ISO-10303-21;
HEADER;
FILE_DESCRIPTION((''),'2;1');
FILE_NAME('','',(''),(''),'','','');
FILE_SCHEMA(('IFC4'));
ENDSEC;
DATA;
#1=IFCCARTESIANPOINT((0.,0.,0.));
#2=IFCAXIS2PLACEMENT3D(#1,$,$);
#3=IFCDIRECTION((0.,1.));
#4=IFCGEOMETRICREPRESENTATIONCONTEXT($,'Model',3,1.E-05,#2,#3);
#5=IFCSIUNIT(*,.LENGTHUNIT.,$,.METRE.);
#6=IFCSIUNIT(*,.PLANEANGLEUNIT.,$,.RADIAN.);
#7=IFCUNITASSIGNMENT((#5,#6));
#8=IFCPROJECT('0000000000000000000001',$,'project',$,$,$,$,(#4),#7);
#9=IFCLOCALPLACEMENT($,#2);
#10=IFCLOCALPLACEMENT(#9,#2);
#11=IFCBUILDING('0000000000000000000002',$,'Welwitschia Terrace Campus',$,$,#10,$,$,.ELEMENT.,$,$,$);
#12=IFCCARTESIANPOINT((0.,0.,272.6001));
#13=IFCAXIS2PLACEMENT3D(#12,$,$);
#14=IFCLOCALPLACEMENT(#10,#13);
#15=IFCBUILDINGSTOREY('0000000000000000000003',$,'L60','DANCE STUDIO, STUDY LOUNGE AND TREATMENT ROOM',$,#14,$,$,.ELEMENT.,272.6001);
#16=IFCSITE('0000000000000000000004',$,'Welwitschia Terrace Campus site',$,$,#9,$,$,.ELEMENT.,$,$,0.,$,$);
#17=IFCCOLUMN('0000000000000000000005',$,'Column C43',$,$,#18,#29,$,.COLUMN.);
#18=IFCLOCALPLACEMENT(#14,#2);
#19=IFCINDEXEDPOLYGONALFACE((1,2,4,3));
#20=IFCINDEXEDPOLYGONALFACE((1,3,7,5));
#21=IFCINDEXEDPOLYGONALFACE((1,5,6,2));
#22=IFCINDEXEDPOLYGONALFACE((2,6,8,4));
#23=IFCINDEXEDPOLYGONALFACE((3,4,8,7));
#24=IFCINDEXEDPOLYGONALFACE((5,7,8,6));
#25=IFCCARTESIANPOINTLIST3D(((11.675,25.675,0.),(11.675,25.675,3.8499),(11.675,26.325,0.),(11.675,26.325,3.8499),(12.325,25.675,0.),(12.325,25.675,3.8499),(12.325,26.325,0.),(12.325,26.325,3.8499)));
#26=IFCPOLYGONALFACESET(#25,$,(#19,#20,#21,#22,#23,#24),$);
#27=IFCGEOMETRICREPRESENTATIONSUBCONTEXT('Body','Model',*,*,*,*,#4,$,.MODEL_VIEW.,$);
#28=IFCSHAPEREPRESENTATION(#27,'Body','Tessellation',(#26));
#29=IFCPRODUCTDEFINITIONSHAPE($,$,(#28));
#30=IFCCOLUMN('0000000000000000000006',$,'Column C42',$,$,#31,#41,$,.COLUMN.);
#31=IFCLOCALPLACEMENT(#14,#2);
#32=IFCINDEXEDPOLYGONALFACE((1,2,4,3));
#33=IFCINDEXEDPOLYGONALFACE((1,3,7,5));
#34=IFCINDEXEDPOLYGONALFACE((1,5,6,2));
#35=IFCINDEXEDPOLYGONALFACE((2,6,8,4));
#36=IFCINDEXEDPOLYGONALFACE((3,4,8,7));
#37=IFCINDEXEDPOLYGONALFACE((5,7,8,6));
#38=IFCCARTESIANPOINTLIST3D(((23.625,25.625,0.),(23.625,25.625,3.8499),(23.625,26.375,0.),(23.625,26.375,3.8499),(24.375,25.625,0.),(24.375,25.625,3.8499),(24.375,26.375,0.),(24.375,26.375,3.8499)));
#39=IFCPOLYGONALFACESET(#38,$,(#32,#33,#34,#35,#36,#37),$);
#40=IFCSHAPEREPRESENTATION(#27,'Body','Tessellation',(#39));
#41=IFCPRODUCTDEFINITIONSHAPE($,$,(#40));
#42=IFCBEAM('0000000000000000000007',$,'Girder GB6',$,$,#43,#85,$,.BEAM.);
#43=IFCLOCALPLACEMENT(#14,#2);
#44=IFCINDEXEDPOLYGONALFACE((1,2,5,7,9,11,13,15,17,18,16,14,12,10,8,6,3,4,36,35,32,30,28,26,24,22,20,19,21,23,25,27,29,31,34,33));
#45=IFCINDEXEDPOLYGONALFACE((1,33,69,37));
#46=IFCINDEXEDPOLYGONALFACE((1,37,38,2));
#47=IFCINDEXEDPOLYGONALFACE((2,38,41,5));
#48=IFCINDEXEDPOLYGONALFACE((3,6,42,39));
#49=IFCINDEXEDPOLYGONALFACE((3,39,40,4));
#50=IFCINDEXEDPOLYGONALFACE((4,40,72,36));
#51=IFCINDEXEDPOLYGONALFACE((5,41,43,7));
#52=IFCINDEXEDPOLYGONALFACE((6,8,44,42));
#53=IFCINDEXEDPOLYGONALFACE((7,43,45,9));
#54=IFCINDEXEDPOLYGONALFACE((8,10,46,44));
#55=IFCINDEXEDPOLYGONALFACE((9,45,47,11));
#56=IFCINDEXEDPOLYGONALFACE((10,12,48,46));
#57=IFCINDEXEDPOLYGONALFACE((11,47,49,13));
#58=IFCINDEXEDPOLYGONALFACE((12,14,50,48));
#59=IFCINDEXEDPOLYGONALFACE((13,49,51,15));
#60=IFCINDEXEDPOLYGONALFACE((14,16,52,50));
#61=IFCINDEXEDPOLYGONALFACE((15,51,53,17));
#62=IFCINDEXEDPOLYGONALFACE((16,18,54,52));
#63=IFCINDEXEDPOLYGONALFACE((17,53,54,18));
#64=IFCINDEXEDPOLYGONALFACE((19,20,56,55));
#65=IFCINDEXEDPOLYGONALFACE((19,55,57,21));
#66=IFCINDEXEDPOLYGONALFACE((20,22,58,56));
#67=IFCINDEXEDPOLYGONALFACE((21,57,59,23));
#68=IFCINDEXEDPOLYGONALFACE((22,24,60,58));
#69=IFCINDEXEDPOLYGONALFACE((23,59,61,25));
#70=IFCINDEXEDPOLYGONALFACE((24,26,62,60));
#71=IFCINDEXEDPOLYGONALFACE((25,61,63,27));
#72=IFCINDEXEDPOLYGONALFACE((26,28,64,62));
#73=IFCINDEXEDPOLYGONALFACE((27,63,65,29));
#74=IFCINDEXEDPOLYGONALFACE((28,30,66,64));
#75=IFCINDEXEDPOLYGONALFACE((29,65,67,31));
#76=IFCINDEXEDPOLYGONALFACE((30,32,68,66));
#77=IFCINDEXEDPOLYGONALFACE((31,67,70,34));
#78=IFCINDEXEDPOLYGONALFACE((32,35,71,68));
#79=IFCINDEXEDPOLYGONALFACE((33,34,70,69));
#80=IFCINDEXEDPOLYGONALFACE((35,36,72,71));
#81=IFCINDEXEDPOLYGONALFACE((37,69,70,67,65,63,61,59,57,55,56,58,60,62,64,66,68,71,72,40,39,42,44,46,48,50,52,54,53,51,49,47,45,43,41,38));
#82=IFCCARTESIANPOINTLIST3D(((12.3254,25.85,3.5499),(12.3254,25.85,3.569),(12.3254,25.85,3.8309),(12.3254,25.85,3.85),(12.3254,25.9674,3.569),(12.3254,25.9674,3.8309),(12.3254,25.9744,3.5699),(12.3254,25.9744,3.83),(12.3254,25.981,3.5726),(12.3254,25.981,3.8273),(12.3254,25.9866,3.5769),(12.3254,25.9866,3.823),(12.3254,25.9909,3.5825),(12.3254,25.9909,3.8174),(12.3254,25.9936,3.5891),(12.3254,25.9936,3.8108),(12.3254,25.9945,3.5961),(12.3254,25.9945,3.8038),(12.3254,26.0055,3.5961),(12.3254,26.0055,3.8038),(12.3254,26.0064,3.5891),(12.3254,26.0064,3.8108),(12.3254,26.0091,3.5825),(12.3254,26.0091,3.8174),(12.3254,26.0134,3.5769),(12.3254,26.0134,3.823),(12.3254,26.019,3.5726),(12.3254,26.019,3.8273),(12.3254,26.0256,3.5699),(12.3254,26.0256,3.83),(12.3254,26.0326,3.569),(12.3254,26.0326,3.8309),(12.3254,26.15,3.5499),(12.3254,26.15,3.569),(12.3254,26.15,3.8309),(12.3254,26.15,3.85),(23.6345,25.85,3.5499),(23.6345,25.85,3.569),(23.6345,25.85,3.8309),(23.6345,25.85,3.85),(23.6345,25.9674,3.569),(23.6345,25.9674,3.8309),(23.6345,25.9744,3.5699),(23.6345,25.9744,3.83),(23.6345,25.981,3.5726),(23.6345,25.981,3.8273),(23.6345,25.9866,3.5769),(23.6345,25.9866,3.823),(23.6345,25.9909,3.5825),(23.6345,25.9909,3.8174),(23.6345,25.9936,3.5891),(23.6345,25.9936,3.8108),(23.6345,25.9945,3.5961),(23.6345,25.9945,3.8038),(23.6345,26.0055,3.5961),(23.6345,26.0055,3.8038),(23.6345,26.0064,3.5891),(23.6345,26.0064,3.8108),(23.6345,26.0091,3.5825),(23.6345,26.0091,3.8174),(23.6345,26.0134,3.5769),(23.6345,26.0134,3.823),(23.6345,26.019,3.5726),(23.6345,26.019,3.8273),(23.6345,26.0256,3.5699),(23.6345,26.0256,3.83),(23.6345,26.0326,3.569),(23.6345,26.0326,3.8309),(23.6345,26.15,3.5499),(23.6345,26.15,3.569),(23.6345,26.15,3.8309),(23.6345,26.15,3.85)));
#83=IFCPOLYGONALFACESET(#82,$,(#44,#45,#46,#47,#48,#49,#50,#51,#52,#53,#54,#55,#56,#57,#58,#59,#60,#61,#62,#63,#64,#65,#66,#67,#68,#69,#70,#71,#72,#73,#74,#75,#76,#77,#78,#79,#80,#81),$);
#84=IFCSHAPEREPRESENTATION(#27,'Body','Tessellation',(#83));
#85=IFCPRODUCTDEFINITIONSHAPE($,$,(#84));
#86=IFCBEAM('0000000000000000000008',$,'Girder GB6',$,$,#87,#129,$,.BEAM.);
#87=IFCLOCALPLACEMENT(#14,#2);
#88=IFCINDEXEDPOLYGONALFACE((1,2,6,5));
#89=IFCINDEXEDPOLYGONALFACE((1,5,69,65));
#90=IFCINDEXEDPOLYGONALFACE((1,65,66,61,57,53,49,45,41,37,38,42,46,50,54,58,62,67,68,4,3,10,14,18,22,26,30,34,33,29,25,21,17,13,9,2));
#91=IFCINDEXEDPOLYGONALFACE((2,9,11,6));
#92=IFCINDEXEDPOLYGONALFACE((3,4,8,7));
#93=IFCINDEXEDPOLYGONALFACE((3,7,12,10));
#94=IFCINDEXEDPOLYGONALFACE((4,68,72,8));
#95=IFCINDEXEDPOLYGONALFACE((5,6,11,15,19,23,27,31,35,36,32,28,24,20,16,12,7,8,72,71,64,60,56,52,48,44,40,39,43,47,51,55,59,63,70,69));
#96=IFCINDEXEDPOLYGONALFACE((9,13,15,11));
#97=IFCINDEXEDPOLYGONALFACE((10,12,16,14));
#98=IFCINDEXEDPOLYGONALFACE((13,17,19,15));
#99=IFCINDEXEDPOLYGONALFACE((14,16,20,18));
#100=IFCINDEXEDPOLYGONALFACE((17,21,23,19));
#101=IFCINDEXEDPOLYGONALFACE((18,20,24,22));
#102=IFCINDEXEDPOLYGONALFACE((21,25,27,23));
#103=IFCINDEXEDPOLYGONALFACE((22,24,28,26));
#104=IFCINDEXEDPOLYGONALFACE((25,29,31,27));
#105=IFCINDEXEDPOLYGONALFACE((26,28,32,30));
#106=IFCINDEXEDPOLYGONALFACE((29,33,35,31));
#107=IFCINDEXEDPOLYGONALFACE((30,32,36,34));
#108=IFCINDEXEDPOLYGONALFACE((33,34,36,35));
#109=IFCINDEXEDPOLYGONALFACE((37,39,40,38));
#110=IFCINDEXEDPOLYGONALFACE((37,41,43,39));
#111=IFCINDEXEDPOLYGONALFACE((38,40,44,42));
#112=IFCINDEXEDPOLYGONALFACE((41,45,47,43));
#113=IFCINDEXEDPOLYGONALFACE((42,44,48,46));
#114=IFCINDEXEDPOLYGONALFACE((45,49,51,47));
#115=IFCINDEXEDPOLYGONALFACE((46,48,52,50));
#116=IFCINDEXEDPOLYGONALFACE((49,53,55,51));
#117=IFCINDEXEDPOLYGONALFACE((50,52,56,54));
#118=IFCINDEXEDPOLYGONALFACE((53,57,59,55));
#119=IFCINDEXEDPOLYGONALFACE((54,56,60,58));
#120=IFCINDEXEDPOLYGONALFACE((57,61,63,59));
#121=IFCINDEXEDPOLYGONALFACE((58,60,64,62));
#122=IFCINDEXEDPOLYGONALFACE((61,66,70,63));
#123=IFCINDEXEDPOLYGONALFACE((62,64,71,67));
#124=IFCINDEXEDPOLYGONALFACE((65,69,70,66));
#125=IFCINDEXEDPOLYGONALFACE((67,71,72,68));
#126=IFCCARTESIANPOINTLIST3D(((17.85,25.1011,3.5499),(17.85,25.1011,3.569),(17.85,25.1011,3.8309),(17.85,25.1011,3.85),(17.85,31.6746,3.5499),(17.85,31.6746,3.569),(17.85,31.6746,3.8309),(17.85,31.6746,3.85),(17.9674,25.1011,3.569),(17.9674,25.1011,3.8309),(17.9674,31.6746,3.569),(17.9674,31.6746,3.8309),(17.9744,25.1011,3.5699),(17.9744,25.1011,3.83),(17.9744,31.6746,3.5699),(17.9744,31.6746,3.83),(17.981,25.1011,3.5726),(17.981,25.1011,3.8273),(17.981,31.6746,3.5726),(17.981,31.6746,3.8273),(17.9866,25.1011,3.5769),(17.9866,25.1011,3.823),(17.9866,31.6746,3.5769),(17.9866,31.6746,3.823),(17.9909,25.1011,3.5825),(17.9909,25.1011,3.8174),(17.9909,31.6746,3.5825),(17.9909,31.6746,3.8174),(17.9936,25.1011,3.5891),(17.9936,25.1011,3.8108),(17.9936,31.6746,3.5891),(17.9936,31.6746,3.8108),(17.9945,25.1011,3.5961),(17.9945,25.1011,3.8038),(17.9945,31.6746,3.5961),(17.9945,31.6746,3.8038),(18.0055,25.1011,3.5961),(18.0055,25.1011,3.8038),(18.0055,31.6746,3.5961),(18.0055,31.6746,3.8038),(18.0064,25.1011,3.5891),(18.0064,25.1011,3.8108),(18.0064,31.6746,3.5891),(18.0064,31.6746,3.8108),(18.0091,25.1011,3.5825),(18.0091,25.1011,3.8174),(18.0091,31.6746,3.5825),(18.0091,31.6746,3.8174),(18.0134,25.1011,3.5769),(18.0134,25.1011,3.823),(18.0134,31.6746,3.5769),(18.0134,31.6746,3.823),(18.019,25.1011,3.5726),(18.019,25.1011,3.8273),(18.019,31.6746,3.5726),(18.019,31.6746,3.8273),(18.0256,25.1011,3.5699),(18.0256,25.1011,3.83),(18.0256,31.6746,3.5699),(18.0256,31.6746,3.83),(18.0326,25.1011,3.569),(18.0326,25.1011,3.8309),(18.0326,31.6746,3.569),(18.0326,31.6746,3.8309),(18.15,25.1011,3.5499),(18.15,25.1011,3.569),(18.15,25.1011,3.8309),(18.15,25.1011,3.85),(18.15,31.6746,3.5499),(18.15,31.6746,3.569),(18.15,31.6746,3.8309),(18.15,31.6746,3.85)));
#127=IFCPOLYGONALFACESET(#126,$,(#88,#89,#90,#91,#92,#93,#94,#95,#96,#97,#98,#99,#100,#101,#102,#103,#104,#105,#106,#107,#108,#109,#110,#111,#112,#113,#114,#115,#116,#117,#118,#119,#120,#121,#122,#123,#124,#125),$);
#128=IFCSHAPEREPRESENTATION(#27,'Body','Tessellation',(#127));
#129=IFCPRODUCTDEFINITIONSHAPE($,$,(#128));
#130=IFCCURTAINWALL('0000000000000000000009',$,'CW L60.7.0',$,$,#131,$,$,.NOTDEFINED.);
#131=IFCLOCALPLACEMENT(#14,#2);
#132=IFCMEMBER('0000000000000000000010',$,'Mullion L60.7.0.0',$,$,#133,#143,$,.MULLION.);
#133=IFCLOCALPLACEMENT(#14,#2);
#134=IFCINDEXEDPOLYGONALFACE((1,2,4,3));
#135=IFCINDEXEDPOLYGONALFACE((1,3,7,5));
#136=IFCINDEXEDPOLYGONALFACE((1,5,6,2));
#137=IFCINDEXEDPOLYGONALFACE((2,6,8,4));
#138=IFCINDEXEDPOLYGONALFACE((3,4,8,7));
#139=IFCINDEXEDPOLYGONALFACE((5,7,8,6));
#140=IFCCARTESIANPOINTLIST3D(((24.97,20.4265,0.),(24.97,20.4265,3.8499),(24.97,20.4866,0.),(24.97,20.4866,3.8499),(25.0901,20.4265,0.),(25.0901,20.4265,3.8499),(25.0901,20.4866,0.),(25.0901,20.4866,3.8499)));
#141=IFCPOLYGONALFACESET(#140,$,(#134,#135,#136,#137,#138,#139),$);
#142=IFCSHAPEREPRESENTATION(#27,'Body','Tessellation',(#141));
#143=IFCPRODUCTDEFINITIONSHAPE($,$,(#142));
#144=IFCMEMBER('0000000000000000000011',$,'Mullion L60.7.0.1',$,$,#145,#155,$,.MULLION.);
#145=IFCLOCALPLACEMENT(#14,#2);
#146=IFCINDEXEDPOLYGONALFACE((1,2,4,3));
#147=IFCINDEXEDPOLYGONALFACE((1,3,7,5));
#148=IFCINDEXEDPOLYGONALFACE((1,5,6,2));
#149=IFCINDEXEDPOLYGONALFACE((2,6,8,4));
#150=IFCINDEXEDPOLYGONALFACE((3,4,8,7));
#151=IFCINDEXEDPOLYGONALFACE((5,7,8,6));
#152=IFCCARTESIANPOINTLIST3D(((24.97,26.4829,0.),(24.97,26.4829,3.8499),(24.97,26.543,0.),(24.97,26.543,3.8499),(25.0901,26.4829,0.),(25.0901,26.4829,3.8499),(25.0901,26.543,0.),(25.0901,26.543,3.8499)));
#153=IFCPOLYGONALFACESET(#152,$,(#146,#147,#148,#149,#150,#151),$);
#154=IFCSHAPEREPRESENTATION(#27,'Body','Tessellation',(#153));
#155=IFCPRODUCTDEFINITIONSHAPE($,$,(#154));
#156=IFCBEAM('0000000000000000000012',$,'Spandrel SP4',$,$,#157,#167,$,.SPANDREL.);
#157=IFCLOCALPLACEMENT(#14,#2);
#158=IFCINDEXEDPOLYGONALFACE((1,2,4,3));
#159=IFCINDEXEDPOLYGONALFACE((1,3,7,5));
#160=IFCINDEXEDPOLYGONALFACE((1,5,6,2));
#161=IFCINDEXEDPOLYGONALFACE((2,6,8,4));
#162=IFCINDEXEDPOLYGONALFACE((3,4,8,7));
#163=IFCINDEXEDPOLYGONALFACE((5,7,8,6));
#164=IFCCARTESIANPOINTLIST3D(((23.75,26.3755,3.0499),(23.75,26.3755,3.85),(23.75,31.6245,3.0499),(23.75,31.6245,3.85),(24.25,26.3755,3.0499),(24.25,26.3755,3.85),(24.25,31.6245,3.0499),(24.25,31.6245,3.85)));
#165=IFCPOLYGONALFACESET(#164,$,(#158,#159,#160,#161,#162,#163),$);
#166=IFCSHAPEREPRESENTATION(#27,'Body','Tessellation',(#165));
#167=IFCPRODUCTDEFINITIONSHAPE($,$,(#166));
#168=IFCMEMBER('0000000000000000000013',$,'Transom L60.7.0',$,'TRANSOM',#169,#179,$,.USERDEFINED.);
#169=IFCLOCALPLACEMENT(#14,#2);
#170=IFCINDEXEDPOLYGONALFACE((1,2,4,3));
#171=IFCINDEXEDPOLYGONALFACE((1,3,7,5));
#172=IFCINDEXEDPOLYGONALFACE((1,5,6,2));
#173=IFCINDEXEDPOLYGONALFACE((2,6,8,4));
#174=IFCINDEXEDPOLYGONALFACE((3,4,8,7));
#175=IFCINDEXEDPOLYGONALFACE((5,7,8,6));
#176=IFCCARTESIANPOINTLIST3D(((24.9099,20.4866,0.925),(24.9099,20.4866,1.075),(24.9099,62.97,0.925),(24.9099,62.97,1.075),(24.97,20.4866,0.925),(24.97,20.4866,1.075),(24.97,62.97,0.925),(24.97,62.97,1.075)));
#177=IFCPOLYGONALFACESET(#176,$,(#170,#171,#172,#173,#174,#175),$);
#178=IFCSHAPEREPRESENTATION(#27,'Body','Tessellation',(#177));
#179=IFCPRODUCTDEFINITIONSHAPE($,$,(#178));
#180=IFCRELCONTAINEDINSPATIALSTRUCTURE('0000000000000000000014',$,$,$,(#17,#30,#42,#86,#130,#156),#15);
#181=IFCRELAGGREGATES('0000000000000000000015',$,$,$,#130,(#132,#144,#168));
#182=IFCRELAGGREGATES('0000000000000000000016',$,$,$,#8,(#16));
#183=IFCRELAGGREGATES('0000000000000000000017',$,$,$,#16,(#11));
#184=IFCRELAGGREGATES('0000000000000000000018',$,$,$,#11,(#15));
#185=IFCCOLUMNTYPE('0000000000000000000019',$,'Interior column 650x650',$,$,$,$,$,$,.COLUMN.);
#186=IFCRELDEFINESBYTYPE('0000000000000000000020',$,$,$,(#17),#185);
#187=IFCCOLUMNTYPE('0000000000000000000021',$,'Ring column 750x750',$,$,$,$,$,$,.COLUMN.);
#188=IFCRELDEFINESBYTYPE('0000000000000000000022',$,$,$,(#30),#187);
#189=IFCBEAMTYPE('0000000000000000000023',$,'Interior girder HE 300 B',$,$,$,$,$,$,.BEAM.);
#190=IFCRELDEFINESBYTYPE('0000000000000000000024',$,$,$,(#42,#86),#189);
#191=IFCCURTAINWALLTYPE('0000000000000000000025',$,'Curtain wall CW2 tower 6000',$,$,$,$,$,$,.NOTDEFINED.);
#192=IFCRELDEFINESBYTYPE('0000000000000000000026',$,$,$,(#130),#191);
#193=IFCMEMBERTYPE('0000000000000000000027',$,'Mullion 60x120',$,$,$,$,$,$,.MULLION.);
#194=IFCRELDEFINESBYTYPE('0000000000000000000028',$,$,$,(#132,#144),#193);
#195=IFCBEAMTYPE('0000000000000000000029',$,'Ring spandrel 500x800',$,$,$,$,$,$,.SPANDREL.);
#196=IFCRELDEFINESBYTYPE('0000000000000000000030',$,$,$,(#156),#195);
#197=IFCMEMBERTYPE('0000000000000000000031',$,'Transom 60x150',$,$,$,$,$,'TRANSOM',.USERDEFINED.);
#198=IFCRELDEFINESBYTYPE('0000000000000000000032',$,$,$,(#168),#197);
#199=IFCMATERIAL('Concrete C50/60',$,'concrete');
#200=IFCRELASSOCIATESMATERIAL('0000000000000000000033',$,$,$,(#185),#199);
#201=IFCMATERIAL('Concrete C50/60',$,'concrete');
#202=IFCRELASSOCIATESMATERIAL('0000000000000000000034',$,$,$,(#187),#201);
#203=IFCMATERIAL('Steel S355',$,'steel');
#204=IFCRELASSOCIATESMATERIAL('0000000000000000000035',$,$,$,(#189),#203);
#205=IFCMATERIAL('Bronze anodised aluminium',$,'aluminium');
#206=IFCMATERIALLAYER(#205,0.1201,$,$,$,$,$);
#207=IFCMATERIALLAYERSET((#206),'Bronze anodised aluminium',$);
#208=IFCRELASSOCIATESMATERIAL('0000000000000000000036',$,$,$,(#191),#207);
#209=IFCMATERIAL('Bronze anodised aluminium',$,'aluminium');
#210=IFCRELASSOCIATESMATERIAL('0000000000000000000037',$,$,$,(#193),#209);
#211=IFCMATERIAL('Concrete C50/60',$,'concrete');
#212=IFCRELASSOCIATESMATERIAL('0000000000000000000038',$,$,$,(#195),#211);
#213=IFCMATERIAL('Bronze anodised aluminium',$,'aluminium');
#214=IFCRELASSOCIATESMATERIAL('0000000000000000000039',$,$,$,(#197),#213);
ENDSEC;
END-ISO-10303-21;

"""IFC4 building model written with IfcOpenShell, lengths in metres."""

from ifc_helpers import new_model, si_unit, direction, frame, origin, origin_2d, place, context, subcontext, project, spatial, rectangle, i_section, extrude, material, layer, layer_set, material_profile, profile_set, type_object, element, aggregate, save


model = new_model("IFC4")

# Units and contexts
model_context = context("Model", 3, precision=1e-05, world=origin(), true_north=direction((0.0, 1.0)))
body_context = subcontext(model_context, "Body", "Model", "MODEL_VIEW")
ifc_project = project(units=[si_unit("LENGTHUNIT", "METRE"), si_unit("PLANEANGLEUNIT", "RADIAN")], contexts=[model_context])

# Site, building, storey
site_placement = place(None, origin())
site = spatial("IfcSite", under=ifc_project, at=site_placement, Name="Welwitschia Terrace Campus site", CompositionType="ELEMENT", RefElevation=0.0)
building_placement = place(site_placement, origin())
building = spatial("IfcBuilding", under=site, at=building_placement, Name="Welwitschia Terrace Campus", CompositionType="ELEMENT")
storey_placement = place(building_placement, frame((0.0, 0.0, 272.6001)))
storey = spatial("IfcBuildingStorey", under=building, at=storey_placement, Name="L60", Description="DANCE STUDIO, STUDY LOUNGE AND TREATMENT ROOM", CompositionType="ELEMENT", Elevation=272.6001)

# Columns
ifc_material_1 = material(Name="Concrete C50/60", Category="concrete")
ifc_material_profile_1 = material_profile(ifc_material_1, rectangle(XDim=0.6499, YDim=0.6499, at=origin_2d()))
ifc_profile_set_1 = profile_set([ifc_material_profile_1], Name="Concrete C50/60")
column_type_1 = type_object("IfcColumnType", Name="Interior column 650x650", PredefinedType="COLUMN", material=ifc_profile_set_1)
column_1_placement = place(storey_placement, frame((12.0, 26.0, 0.0), z_axis=(0.0, 0.0, 1.0), x_axis=(1.0, 0.0, 0.0)))
element("IfcColumn", 1, at=column_1_placement, inside=storey, type_object=column_type_1, Name="Column C43", PredefinedType="COLUMN", context=body_context, shape_type="SweptSolid", body=[
    extrude(rectangle(XDim=0.6499, YDim=0.6499, at=origin_2d()), origin(), (0.0, 0.0, 1.0), 3.8499),
])
ifc_material_2 = material(Name="Concrete C50/60", Category="concrete")
ifc_material_profile_2 = material_profile(ifc_material_2, rectangle(XDim=0.75, YDim=0.75, at=origin_2d()))
ifc_profile_set_2 = profile_set([ifc_material_profile_2], Name="Concrete C50/60")
column_type_2 = type_object("IfcColumnType", Name="Ring column 750x750", PredefinedType="COLUMN", material=ifc_profile_set_2)
column_2_placement = place(storey_placement, frame((24.0, 26.0, 0.0), z_axis=(0.0, 0.0, 1.0), x_axis=(1.0, 0.0, 0.0)))
element("IfcColumn", 2, at=column_2_placement, inside=storey, type_object=column_type_2, Name="Column C42", PredefinedType="COLUMN", context=body_context, shape_type="SweptSolid", body=[
    extrude(rectangle(XDim=0.75, YDim=0.75, at=origin_2d()), origin(), (0.0, 0.0, 1.0), 3.8499),
])

# Beams
ifc_material_3 = material(Name="Steel S355", Category="steel")
ifc_material_profile_3 = material_profile(ifc_material_3, i_section(OverallWidth=0.3, OverallDepth=0.3, WebThickness=0.011, FlangeThickness=0.019, FilletRadius=0.0271, at=origin_2d()))
ifc_profile_set_3 = profile_set([ifc_material_profile_3], Name="Steel S355")
beam_type_1 = type_object("IfcBeamType", Name="Interior girder HE 300 B", PredefinedType="BEAM", material=ifc_profile_set_3)
beam_1_placement = place(storey_placement, frame((12.3254, 26.0, 3.7), z_axis=(1.0, 0.0, 0.0), x_axis=(0.0, 1.0, 0.0)))
element("IfcBeam", 3, at=beam_1_placement, inside=storey, type_object=beam_type_1, Name="Girder GB6", PredefinedType="BEAM", context=body_context, shape_type="SweptSolid", body=[
    extrude(i_section(OverallWidth=0.3, OverallDepth=0.3, WebThickness=0.011, FlangeThickness=0.019, FilletRadius=0.0271, at=origin_2d()), origin(), (0.0, 0.0, 1.0), 11.3091),
])
beam_2_placement = place(storey_placement, frame((18.0, 25.1011, 3.7), z_axis=(0.0, 1.0, 0.0), x_axis=(-1.0, 0.0, 0.0)))
element("IfcBeam", 4, at=beam_2_placement, inside=storey, type_object=beam_type_1, Name="Girder GB6", PredefinedType="BEAM", context=body_context, shape_type="SweptSolid", body=[
    extrude(i_section(OverallWidth=0.3, OverallDepth=0.3, WebThickness=0.011, FlangeThickness=0.019, FilletRadius=0.0271, at=origin_2d()), origin(), (0.0, 0.0, 1.0), 6.5735),
])

# Curtain wall, members
ifc_material_4 = material(Name="Bronze anodised aluminium", Category="aluminium")
ifc_layer_1 = layer(ifc_material_4, 0.1201)
ifc_layer_set_1 = layer_set([ifc_layer_1], Name="Bronze anodised aluminium")
curtain_wall_type = type_object("IfcCurtainWallType", Name="Curtain wall CW2 tower 6000", PredefinedType="NOTDEFINED", material=ifc_layer_set_1)
curtain_wall_placement = place(storey_placement, origin())
curtain_wall = element("IfcCurtainWall", 5, at=curtain_wall_placement, inside=storey, type_object=curtain_wall_type, Name="CW L60.7.0", PredefinedType="NOTDEFINED")
ifc_material_5 = material(Name="Bronze anodised aluminium", Category="aluminium")
ifc_material_profile_4 = material_profile(ifc_material_5, rectangle(XDim=0.1201, YDim=0.0601, at=origin_2d()))
ifc_profile_set_4 = profile_set([ifc_material_profile_4], Name="Bronze anodised aluminium")
member_type_1 = type_object("IfcMemberType", Name="Mullion 60x120", PredefinedType="MULLION", material=ifc_profile_set_4)
member_1_placement = place(storey_placement, frame((25.03, 20.4565, 0.0), z_axis=(0.0, 0.0, 1.0), x_axis=(-1.0, 0.0, 0.0)))
member_1 = element("IfcMember", 6, at=member_1_placement, type_object=member_type_1, Name="Mullion L60.7.0.0", PredefinedType="MULLION", context=body_context, shape_type="SweptSolid", body=[
    extrude(rectangle(XDim=0.1201, YDim=0.0601, at=origin_2d()), origin(), (0.0, 0.0, 1.0), 3.8499),
])
member_2_placement = place(storey_placement, frame((25.03, 26.5129, 0.0), z_axis=(0.0, 0.0, 1.0), x_axis=(-1.0, 0.0, 0.0)))
member_2 = element("IfcMember", 7, at=member_2_placement, type_object=member_type_1, Name="Mullion L60.7.0.1", PredefinedType="MULLION", context=body_context, shape_type="SweptSolid", body=[
    extrude(rectangle(XDim=0.1201, YDim=0.0601, at=origin_2d()), origin(), (0.0, 0.0, 1.0), 3.8499),
])

# Beam
ifc_material_6 = material(Name="Concrete C50/60", Category="concrete")
ifc_material_profile_5 = material_profile(ifc_material_6, rectangle(XDim=0.5, YDim=0.8, at=origin_2d()))
ifc_profile_set_5 = profile_set([ifc_material_profile_5], Name="Concrete C50/60")
beam_type_2 = type_object("IfcBeamType", Name="Ring spandrel 500x800", PredefinedType="SPANDREL", material=ifc_profile_set_5)
beam_3_placement = place(storey_placement, frame((24.0, 26.3755, 3.45), z_axis=(0.0, 1.0, 0.0), x_axis=(-1.0, 0.0, 0.0)))
element("IfcBeam", 8, at=beam_3_placement, inside=storey, type_object=beam_type_2, Name="Spandrel SP4", PredefinedType="SPANDREL", context=body_context, shape_type="SweptSolid", body=[
    extrude(rectangle(XDim=0.5, YDim=0.8, at=origin_2d()), origin(), (0.0, 0.0, 1.0), 5.249),
])

# Member
ifc_material_7 = material(Name="Bronze anodised aluminium", Category="aluminium")
ifc_material_profile_6 = material_profile(ifc_material_7, rectangle(XDim=0.0601, YDim=0.1499, at=origin_2d()))
ifc_profile_set_6 = profile_set([ifc_material_profile_6], Name="Bronze anodised aluminium")
member_type_2 = type_object("IfcMemberType", Name="Transom 60x150", ElementType="TRANSOM", PredefinedType="USERDEFINED", material=ifc_profile_set_6)
member_3_placement = place(storey_placement, frame((24.9399, 20.4866, 1.0), z_axis=(0.0, 1.0, 0.0), x_axis=(-1.0, 0.0, 0.0)))
member_3 = element("IfcMember", 9, at=member_3_placement, type_object=member_type_2, Name="Transom L60.7.0", ObjectType="TRANSOM", PredefinedType="USERDEFINED", context=body_context, shape_type="SweptSolid", body=[
    extrude(rectangle(XDim=0.0601, YDim=0.1499, at=origin_2d()), origin(), (0.0, 0.0, 1.0), 42.4834),
])

aggregate(curtain_wall, [member_1, member_2, member_3])

save(model, "model.ifc")
